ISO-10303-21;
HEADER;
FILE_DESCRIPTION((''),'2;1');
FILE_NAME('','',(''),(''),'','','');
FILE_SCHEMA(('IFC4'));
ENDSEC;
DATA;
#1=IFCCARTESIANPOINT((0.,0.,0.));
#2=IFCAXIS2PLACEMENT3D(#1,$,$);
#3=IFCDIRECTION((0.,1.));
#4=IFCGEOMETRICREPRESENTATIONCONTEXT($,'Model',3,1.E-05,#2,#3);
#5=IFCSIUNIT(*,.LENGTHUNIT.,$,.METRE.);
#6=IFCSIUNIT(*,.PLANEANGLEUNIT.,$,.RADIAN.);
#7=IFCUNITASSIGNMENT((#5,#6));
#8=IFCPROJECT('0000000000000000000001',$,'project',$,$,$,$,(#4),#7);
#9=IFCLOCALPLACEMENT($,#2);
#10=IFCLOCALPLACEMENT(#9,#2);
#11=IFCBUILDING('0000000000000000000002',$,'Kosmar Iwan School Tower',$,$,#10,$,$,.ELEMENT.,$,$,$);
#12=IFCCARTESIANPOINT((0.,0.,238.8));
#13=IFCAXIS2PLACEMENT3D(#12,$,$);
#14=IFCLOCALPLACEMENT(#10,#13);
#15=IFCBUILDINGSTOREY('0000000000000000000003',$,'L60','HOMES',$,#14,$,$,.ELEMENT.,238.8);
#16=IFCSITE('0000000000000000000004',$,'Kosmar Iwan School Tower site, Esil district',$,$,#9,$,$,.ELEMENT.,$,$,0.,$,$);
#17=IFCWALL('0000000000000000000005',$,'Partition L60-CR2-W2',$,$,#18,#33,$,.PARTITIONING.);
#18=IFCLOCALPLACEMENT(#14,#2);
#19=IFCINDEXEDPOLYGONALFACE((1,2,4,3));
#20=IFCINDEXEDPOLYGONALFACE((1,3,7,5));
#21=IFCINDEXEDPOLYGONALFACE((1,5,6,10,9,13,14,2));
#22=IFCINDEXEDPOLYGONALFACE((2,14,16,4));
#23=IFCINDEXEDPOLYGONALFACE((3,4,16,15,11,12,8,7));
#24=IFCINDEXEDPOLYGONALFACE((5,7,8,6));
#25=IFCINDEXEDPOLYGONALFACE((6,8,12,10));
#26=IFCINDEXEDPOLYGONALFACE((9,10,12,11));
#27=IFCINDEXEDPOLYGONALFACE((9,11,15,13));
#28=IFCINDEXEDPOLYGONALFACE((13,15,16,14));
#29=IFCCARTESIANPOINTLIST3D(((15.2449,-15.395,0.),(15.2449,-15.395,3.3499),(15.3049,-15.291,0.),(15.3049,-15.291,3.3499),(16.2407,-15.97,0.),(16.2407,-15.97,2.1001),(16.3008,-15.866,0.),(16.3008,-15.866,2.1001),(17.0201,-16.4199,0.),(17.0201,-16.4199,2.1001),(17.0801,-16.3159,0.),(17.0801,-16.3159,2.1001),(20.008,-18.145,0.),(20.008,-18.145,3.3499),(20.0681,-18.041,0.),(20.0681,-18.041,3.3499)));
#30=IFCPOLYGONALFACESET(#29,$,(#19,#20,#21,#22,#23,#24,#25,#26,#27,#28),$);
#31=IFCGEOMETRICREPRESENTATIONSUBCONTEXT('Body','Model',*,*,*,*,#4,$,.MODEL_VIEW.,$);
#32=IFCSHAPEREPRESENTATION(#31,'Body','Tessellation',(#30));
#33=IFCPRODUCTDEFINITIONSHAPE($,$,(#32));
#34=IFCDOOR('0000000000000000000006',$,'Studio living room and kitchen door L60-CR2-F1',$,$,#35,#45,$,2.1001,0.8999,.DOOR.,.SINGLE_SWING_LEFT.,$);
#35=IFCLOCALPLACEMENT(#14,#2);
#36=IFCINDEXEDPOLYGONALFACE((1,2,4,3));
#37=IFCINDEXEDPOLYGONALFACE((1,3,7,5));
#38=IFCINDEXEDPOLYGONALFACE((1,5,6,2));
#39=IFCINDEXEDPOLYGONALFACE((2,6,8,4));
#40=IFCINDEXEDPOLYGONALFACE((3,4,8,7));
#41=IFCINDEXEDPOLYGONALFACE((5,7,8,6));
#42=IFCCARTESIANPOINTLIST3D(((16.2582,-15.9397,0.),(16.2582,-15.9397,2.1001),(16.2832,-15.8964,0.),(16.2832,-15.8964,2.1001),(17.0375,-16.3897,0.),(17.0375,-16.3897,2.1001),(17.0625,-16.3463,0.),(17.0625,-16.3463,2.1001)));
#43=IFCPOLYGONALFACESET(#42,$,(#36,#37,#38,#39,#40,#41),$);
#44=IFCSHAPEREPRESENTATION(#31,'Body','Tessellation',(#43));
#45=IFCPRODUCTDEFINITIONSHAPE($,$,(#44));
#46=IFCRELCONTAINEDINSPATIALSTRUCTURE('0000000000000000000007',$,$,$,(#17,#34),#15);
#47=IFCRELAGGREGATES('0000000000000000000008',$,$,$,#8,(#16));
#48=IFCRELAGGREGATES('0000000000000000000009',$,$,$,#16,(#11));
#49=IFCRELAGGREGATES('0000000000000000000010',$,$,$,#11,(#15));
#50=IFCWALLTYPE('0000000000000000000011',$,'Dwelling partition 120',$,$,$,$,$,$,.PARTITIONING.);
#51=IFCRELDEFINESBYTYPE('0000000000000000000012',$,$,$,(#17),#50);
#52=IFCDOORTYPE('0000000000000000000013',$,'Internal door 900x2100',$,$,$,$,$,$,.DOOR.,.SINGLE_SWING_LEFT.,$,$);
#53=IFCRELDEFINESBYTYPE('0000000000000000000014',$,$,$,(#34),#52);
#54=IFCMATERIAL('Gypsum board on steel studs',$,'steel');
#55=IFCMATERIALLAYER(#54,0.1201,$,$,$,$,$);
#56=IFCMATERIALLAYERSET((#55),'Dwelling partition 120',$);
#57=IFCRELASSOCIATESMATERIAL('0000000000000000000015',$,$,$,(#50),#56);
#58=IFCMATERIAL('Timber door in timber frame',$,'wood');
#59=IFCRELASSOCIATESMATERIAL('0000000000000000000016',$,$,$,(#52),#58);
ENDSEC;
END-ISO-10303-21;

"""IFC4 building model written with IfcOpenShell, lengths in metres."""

from ifc_helpers import new_model, si_unit, direction, frame, frame_2d, origin, place, context, subcontext, project, spatial, rectangle, extrude, material, layer, layer_set, type_object, element, fill, save


model = new_model("IFC4")

# Units and contexts
model_context = context("Model", 3, precision=1e-05, world=origin(), true_north=direction((0.0, 1.0)))
body_context = subcontext(model_context, "Body", "Model", "MODEL_VIEW")
ifc_project = project(units=[si_unit("LENGTHUNIT", "METRE"), si_unit("PLANEANGLEUNIT", "RADIAN")], contexts=[model_context])

# Site, building, storey
site_placement = place(None, origin())
site = spatial("IfcSite", under=ifc_project, at=site_placement, Name="Kosmar Iwan School Tower site, Esil district", CompositionType="ELEMENT", RefElevation=0.0)
building_placement = place(site_placement, origin())
building = spatial("IfcBuilding", under=site, at=building_placement, Name="Kosmar Iwan School Tower", CompositionType="ELEMENT")
storey_placement = place(building_placement, frame((0.0, 0.0, 238.8)))
storey = spatial("IfcBuildingStorey", under=building, at=storey_placement, Name="L60", Description="HOMES", CompositionType="ELEMENT", Elevation=238.8)

# Shared definitions
ifc_material_1 = material(Name="Gypsum board on steel studs", Category="steel")
ifc_layer = layer(ifc_material_1, 0.1201)
ifc_layer_set = layer_set([ifc_layer], Name="Dwelling partition 120")
wall_type = type_object("IfcWallType", Name="Dwelling partition 120", PredefinedType="PARTITIONING", material=ifc_layer_set)
ifc_material_2 = material(Name="Timber door in timber frame", Category="wood")
door_type_1 = type_object("IfcDoorType", Name="Internal door 900x2100", OperationType="SINGLE_SWING_LEFT", PredefinedType="DOOR", material=ifc_material_2)

# Wall, opening, door
wall_1_placement = place(storey_placement, frame((15.2749, -15.343, 0.0), z_axis=(0.0, 0.0, 1.0), x_axis=(0.866027, -0.499997, 0.0)))
wall_1 = element("IfcWall", 1, at=wall_1_placement, inside=storey, type_object=wall_type, Name="Partition L60-CR2-W2", PredefinedType="PARTITIONING", context=body_context, shape_type="SweptSolid", body=[
    extrude(rectangle(XDim=5.5, YDim=0.1201, at=frame_2d((2.75, 0.0))), origin(), (0.0, 0.0, 1.0), 3.3499),
])
opening_1_placement = place(wall_1_placement, frame((1.1499, 0.0, 0.0)))
opening_1 = element("IfcOpeningElement", 2, at=opening_1_placement, cuts=wall_1, PredefinedType="OPENING", context=body_context, shape_type="SweptSolid", body=[
    extrude(rectangle(XDim=0.8999, YDim=2.1001, at=frame_2d((0.45, 1.05))), frame((0.0, 0.072, 0.0), z_axis=(0.0, -1.0, 0.0), x_axis=(1.0, 0.0, 0.0)), (0.0, 0.0, 1.0), 0.144),
])
door_1_placement = place(opening_1_placement, origin())
door_1 = element("IfcDoor", 3, at=door_1_placement, inside=storey, type_object=door_type_1, Name="Studio living room and kitchen door L60-CR2-F1", OperationType="SINGLE_SWING_LEFT", OverallHeight=2.1001, OverallWidth=0.8999, PredefinedType="DOOR", context=body_context, shape_type="SweptSolid", body=[
    extrude(rectangle(XDim=0.8999, YDim=2.1001, at=frame_2d((0.45, 1.05))), frame((0.0, 0.0249, 0.0), z_axis=(0.0, -1.0, 0.0), x_axis=(1.0, 0.0, 0.0)), (0.0, 0.0, 1.0), 0.05),
])
fill(opening_1, door_1)

save(model, "model.ifc")
